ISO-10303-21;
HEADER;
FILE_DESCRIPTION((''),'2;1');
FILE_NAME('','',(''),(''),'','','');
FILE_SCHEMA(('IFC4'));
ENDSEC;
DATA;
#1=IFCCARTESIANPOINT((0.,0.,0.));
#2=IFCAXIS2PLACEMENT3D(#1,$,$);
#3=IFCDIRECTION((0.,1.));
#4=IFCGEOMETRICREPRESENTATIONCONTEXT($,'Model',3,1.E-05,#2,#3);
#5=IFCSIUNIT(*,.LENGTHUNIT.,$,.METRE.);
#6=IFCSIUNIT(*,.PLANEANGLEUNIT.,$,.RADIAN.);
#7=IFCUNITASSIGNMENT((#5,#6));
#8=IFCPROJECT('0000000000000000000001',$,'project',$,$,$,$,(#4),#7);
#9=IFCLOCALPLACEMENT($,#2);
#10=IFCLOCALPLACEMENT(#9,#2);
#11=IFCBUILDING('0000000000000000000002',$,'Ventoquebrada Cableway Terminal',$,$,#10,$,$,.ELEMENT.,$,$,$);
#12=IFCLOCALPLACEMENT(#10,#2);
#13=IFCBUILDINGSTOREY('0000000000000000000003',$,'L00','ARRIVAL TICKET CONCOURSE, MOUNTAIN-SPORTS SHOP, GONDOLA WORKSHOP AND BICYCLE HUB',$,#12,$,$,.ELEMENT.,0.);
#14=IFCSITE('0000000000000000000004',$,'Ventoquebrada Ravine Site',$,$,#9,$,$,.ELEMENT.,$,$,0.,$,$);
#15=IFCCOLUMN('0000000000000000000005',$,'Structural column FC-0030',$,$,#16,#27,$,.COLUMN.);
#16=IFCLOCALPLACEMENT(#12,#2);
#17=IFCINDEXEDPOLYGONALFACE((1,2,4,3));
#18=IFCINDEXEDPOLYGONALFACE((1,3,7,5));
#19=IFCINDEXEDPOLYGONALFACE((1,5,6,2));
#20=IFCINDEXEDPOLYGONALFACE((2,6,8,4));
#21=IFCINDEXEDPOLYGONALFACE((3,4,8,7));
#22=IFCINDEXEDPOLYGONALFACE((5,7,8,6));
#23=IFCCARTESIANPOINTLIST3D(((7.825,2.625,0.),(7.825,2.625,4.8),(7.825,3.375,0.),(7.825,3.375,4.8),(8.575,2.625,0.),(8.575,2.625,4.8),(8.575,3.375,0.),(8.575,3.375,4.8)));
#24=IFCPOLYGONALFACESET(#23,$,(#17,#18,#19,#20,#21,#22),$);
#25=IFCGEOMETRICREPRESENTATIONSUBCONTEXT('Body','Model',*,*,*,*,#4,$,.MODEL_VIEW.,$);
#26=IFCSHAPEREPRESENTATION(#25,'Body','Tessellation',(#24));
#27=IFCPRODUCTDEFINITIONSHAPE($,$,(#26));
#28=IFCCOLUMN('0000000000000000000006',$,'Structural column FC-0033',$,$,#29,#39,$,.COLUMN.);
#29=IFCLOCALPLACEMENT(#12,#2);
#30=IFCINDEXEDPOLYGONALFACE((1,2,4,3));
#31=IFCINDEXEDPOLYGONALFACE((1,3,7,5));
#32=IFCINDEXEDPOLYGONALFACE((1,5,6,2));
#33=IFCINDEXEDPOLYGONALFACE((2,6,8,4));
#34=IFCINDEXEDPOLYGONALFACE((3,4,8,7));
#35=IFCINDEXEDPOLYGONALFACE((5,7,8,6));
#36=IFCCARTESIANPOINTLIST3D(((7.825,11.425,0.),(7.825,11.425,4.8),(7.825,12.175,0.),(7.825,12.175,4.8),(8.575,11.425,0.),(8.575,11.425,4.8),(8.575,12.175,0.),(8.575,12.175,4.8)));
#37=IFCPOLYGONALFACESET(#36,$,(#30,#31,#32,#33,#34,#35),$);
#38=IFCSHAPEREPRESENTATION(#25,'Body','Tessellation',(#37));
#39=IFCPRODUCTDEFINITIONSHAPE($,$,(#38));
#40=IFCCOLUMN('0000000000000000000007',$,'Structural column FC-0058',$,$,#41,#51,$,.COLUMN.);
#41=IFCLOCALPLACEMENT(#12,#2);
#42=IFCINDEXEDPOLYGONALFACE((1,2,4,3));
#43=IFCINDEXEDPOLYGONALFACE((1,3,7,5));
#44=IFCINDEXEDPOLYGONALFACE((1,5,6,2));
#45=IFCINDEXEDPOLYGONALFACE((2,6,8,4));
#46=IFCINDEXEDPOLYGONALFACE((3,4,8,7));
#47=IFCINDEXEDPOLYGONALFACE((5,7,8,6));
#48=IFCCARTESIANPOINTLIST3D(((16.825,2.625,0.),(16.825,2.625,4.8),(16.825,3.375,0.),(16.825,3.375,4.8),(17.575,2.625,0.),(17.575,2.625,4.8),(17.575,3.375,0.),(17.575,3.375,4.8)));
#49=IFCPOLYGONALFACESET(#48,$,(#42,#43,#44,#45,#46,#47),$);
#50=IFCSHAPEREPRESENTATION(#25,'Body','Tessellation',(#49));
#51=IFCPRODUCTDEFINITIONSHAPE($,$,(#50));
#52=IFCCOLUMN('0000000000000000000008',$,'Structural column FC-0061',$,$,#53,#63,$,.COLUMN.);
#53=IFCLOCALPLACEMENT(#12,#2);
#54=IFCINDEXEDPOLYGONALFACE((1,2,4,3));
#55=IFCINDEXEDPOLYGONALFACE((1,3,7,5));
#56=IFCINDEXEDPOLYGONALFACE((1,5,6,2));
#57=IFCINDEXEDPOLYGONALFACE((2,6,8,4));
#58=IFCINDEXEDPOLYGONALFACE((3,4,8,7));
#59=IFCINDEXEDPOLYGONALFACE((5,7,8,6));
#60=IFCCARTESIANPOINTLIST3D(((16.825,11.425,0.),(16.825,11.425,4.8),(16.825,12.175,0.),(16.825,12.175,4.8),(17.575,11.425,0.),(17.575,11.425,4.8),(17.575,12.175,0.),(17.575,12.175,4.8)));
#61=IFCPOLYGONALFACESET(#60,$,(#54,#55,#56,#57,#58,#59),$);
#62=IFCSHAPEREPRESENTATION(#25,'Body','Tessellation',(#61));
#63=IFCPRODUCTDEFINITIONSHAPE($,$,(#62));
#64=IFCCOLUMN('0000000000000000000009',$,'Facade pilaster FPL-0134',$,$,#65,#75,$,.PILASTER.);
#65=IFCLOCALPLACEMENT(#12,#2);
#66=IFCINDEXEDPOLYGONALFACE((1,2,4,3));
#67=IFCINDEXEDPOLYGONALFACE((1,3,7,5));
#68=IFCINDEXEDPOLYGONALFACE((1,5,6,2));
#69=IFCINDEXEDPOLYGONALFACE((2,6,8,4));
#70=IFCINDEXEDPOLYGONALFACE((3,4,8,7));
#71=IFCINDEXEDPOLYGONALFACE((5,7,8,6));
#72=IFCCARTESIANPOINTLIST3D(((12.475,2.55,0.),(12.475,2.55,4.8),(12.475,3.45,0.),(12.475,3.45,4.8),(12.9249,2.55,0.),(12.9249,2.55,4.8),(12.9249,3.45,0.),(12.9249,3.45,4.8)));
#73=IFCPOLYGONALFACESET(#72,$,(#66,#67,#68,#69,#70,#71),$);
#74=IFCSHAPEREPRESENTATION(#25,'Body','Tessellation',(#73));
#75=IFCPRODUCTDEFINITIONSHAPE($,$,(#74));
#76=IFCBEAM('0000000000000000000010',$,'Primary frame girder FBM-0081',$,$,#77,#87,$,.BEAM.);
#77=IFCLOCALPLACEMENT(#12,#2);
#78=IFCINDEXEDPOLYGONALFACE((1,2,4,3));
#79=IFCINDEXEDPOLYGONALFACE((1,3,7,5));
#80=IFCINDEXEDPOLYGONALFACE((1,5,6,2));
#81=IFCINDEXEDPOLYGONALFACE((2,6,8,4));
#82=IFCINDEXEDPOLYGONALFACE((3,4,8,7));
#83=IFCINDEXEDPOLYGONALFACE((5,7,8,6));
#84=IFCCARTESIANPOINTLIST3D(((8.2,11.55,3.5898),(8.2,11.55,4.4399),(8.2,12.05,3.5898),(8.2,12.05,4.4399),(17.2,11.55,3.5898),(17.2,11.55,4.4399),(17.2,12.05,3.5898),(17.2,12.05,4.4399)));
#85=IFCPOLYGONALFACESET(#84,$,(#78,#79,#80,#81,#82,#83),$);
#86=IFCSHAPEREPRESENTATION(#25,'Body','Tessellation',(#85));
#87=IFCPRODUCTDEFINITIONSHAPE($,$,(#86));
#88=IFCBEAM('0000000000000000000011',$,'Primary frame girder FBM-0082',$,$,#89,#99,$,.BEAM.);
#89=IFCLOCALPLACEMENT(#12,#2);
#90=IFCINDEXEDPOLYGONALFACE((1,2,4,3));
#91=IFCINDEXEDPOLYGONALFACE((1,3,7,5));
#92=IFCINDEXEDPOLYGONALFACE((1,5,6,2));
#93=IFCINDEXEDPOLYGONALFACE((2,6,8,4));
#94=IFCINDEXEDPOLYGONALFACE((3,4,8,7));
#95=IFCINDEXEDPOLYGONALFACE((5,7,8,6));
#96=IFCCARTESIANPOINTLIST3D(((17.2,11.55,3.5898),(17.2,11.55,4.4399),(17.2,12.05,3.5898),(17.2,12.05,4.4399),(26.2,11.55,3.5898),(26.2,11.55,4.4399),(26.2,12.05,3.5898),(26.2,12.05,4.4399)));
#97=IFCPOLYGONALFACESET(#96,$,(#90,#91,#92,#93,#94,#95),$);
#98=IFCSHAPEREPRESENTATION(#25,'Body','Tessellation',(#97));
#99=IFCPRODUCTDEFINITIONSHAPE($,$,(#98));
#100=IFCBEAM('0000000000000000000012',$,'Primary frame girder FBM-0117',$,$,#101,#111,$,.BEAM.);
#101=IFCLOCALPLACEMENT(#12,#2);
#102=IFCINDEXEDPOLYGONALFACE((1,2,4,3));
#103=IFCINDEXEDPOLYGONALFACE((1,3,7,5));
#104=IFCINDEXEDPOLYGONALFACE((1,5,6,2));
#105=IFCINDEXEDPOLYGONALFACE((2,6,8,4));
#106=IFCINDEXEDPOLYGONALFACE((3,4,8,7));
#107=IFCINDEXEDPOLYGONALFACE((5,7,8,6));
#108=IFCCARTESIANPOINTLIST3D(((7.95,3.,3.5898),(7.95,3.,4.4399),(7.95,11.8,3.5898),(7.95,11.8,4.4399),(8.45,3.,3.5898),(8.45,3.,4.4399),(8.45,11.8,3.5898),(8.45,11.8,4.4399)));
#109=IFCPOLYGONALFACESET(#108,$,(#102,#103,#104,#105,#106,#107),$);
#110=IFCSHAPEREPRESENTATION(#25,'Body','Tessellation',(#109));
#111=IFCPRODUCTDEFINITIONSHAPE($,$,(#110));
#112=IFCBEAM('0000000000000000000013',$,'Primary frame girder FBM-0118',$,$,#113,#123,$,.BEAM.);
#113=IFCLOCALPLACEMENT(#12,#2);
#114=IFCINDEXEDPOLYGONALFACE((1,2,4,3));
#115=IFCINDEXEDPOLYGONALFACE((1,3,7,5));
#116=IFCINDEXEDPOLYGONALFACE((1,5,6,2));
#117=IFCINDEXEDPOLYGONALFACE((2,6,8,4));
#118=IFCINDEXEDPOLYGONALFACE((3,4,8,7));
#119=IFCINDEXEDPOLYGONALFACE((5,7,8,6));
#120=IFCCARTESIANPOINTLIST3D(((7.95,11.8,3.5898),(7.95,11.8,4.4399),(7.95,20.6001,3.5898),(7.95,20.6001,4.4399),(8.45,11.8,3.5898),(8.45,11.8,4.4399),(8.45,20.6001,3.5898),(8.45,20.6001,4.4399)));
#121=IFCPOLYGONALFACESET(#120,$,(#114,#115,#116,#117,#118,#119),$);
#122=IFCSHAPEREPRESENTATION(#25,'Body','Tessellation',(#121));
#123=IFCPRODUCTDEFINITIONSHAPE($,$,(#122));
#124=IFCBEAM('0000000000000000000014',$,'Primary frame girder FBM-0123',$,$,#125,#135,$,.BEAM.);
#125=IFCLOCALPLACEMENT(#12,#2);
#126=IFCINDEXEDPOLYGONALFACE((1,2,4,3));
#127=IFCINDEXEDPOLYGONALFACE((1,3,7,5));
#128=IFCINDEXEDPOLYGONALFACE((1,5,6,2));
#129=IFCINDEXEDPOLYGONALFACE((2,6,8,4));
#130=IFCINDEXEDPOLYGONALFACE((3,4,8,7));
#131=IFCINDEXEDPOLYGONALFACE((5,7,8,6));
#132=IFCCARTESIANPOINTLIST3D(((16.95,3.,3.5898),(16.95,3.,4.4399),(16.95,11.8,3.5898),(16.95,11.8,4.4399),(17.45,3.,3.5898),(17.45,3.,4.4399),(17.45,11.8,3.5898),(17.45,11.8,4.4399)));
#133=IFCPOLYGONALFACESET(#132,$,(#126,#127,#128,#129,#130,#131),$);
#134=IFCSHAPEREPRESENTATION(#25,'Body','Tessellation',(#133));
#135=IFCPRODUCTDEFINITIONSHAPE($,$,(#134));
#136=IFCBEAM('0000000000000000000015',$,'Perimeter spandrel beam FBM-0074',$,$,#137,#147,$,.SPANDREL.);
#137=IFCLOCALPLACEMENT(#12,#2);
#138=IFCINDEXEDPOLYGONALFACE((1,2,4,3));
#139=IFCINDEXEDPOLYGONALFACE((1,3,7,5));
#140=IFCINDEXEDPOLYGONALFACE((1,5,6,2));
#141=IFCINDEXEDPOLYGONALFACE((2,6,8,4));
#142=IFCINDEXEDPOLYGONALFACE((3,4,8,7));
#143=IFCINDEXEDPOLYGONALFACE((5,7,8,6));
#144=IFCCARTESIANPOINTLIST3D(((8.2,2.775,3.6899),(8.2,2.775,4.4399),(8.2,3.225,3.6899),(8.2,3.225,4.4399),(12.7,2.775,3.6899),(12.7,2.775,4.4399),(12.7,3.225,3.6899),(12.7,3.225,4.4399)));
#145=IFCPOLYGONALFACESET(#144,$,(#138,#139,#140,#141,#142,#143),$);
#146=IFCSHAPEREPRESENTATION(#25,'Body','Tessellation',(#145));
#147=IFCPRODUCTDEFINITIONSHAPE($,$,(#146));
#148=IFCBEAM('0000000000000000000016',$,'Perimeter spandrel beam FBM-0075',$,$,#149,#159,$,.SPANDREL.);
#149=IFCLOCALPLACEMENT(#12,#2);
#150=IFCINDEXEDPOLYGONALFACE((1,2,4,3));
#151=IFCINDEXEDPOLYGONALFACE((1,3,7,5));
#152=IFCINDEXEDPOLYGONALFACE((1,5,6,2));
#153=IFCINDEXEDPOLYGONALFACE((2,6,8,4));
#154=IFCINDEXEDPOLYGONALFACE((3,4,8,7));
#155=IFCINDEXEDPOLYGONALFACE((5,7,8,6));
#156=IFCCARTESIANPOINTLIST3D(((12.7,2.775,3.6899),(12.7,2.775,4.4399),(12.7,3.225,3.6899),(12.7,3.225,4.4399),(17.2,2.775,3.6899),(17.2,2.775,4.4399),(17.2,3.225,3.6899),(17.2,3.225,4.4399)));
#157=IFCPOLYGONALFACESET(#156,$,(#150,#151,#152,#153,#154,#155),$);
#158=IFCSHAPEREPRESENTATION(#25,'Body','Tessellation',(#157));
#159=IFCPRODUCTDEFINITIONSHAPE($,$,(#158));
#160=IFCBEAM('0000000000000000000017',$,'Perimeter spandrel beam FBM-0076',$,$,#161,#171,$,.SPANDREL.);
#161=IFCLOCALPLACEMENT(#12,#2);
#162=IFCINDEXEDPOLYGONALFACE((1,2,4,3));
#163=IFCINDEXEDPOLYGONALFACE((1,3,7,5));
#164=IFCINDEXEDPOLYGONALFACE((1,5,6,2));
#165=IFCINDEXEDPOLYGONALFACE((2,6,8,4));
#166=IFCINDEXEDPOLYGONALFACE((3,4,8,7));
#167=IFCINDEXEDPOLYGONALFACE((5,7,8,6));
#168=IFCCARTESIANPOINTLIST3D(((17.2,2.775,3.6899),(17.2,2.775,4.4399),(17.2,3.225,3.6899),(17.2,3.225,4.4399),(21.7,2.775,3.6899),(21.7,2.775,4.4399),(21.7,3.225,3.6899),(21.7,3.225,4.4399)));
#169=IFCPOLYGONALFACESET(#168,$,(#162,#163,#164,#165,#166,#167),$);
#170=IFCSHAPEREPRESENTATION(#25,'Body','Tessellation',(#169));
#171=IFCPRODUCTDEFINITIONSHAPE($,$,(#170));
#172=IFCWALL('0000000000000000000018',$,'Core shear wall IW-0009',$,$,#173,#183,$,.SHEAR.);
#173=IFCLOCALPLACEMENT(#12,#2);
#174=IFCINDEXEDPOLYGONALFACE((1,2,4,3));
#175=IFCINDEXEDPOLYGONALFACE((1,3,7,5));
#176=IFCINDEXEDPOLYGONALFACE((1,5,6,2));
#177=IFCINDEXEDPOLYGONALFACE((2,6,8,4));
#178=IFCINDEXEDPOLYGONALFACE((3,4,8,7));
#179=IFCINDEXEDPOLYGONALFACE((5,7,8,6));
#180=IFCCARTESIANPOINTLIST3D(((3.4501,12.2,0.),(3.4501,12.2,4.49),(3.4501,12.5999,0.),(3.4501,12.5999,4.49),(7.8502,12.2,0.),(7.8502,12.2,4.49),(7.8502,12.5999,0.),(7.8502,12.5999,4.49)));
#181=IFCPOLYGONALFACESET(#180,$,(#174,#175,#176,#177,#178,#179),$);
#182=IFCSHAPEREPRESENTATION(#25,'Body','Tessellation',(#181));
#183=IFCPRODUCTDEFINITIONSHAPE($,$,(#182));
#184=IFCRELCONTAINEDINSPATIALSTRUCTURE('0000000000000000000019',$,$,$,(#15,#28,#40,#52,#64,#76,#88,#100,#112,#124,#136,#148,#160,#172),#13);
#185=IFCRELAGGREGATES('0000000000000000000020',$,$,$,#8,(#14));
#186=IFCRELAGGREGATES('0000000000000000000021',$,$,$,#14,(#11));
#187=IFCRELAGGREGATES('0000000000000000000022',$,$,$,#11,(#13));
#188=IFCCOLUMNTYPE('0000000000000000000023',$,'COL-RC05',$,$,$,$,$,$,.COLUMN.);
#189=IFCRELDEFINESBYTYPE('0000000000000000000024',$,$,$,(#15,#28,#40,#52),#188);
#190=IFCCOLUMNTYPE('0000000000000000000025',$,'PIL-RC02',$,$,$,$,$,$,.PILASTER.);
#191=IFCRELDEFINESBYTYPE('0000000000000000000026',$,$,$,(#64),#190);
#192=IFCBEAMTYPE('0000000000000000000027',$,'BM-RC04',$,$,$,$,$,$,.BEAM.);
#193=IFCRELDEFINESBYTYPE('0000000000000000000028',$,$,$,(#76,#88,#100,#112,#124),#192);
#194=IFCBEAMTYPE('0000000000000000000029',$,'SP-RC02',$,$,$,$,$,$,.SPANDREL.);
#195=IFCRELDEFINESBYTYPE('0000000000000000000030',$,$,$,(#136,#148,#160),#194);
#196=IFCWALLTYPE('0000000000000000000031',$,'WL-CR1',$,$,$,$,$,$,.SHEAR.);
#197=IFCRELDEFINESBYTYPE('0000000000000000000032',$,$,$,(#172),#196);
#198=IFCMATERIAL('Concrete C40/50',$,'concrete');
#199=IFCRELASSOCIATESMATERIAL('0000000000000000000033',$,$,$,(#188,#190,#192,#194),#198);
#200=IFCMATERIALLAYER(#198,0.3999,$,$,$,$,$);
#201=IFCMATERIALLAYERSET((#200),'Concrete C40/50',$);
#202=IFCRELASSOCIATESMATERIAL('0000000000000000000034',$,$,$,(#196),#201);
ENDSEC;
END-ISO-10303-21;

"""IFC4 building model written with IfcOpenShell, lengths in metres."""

from ifc_helpers import new_model, si_unit, direction, frame, frame_2d, origin, origin_2d, place, context, subcontext, project, spatial, rectangle, extrude, material, layer, layer_set, material_profile, profile_set, type_object, element, save


model = new_model("IFC4")

# Units and contexts
model_context = context("Model", 3, precision=1e-05, world=origin(), true_north=direction((0.0, 1.0)))
body_context = subcontext(model_context, "Body", "Model", "MODEL_VIEW")
ifc_project = project(units=[si_unit("LENGTHUNIT", "METRE"), si_unit("PLANEANGLEUNIT", "RADIAN")], contexts=[model_context])

# Site, building, storey
site_placement = place(None, origin())
site = spatial("IfcSite", under=ifc_project, at=site_placement, Name="Ventoquebrada Ravine Site", CompositionType="ELEMENT", RefElevation=0.0)
building_placement = place(site_placement, origin())
building = spatial("IfcBuilding", under=site, at=building_placement, Name="Ventoquebrada Cableway Terminal", CompositionType="ELEMENT")
storey_placement = place(building_placement, origin())
storey = spatial("IfcBuildingStorey", under=building, at=storey_placement, Name="L00", Description="ARRIVAL TICKET CONCOURSE, MOUNTAIN-SPORTS SHOP, GONDOLA WORKSHOP AND BICYCLE HUB", CompositionType="ELEMENT", Elevation=0.0)

# Columns
ifc_material_1 = material(Name="Concrete C40/50", Category="concrete")
ifc_material_profile_1 = material_profile(ifc_material_1, rectangle(XDim=0.75, YDim=0.75, at=origin_2d()), Name="RC-COL-750X750")
ifc_profile_set_1 = profile_set([ifc_material_profile_1], Name="Concrete C40/50")
column_type_1 = type_object("IfcColumnType", Name="COL-RC05", PredefinedType="COLUMN", material=ifc_profile_set_1)
for number, where, z_axis, x_axis, name in (
    (1, (8.2, 3.0, 0.0), (0.0, 0.0, 1.0), (1.0, 0.0, 0.0), "Structural column FC-0030"),
    (2, (8.2, 11.8, 0.0), (0.0, 0.0, 1.0), (1.0, 0.0, 0.0), "Structural column FC-0033"),
    (3, (17.2, 3.0, 0.0), (0.0, 0.0, 1.0), (1.0, 0.0, 0.0), "Structural column FC-0058"),
    (4, (17.2, 11.8, 0.0), (0.0, 0.0, 1.0), (1.0, 0.0, 0.0), "Structural column FC-0061"),
):
    element("IfcColumn", number, at=place(storey_placement, frame(where, z_axis=z_axis, x_axis=x_axis)), inside=storey, type_object=column_type_1, Name=name, PredefinedType="COLUMN", context=body_context, shape_type="SweptSolid", body=[
        extrude(rectangle(XDim=0.75, YDim=0.75, at=origin_2d()), origin(), (0.0, 0.0, 1.0), 4.8),
    ])
ifc_material_profile_2 = material_profile(ifc_material_1, rectangle(XDim=0.45, YDim=0.8999, at=origin_2d()), Name="RC-PIL-450X900")
ifc_profile_set_2 = profile_set([ifc_material_profile_2], Name="Concrete C40/50")
column_type_2 = type_object("IfcColumnType", Name="PIL-RC02", PredefinedType="PILASTER", material=ifc_profile_set_2)
column_placement = place(storey_placement, frame((12.7, 3.0, 0.0), z_axis=(0.0, 0.0, 1.0), x_axis=(1.0, 0.0, 0.0)))
element("IfcColumn", 5, at=column_placement, inside=storey, type_object=column_type_2, Name="Facade pilaster FPL-0134", PredefinedType="PILASTER", context=body_context, shape_type="SweptSolid", body=[
    extrude(rectangle(XDim=0.45, YDim=0.8999, at=origin_2d()), origin(), (0.0, 0.0, 1.0), 4.8),
])

# Beams
ifc_material_profile_3 = material_profile(ifc_material_1, rectangle(XDim=0.5, YDim=0.8501, at=origin_2d()), Name="RC-BM-500X850")
ifc_profile_set_3 = profile_set([ifc_material_profile_3], Name="Concrete C40/50")
beam_type_1 = type_object("IfcBeamType", Name="BM-RC04", PredefinedType="BEAM", material=ifc_profile_set_3)
for number, where, z_axis, x_axis, name in (
    (6, (8.2, 11.8, 4.0149), (1.0, 0.0, 0.0), (0.0, 1.0, 0.0), "Primary frame girder FBM-0081"),
    (7, (17.2, 11.8, 4.0149), (1.0, 0.0, 0.0), (0.0, 1.0, 0.0), "Primary frame girder FBM-0082"),
):
    element("IfcBeam", number, at=place(storey_placement, frame(where, z_axis=z_axis, x_axis=x_axis)), inside=storey, type_object=beam_type_1, Name=name, PredefinedType="BEAM", context=body_context, shape_type="SweptSolid", body=[
        extrude(rectangle(XDim=0.5, YDim=0.8501, at=origin_2d()), origin(), (0.0, 0.0, 1.0), 9.0),
    ])
for number, where, z_axis, x_axis, name in (
    (8, (8.2, 3.0, 4.0149), (0.0, 1.0, 0.0), (-1.0, 0.0, 0.0), "Primary frame girder FBM-0117"),
    (9, (8.2, 11.8, 4.0149), (0.0, 1.0, 0.0), (-1.0, 0.0, 0.0), "Primary frame girder FBM-0118"),
    (10, (17.2, 3.0, 4.0149), (0.0, 1.0, 0.0), (-1.0, 0.0, 0.0), "Primary frame girder FBM-0123"),
):
    element("IfcBeam", number, at=place(storey_placement, frame(where, z_axis=z_axis, x_axis=x_axis)), inside=storey, type_object=beam_type_1, Name=name, PredefinedType="BEAM", context=body_context, shape_type="SweptSolid", body=[
        extrude(rectangle(XDim=0.5, YDim=0.8501, at=origin_2d()), origin(), (0.0, 0.0, 1.0), 8.8),
    ])
ifc_material_profile_4 = material_profile(ifc_material_1, rectangle(XDim=0.45, YDim=0.75, at=origin_2d()), Name="RC-BM-450X750")
ifc_profile_set_4 = profile_set([ifc_material_profile_4], Name="Concrete C40/50")
beam_type_2 = type_object("IfcBeamType", Name="SP-RC02", PredefinedType="SPANDREL", material=ifc_profile_set_4)
for number, where, z_axis, x_axis, name in (
    (11, (8.2, 3.0, 4.0649), (1.0, 0.0, 0.0), (0.0, 1.0, 0.0), "Perimeter spandrel beam FBM-0074"),
    (12, (12.7, 3.0, 4.0649), (1.0, 0.0, 0.0), (0.0, 1.0, 0.0), "Perimeter spandrel beam FBM-0075"),
    (13, (17.2, 3.0, 4.0649), (1.0, 0.0, 0.0), (0.0, 1.0, 0.0), "Perimeter spandrel beam FBM-0076"),
):
    element("IfcBeam", number, at=place(storey_placement, frame(where, z_axis=z_axis, x_axis=x_axis)), inside=storey, type_object=beam_type_2, Name=name, PredefinedType="SPANDREL", context=body_context, shape_type="SweptSolid", body=[
        extrude(rectangle(XDim=0.45, YDim=0.75, at=origin_2d()), origin(), (0.0, 0.0, 1.0), 4.5),
    ])

# Wall
ifc_layer_1 = layer(ifc_material_1, 0.3999)
ifc_layer_set_1 = layer_set([ifc_layer_1], Name="Concrete C40/50")
wall_type_1 = type_object("IfcWallType", Name="WL-CR1", PredefinedType="SHEAR", material=ifc_layer_set_1)
wall_1_placement = place(storey_placement, frame((3.45, 12.3999, 0.0), z_axis=(0.0, 0.0, 1.0), x_axis=(1.0, 0.0, 0.0)))
element("IfcWall", 14, at=wall_1_placement, inside=storey, type_object=wall_type_1, Name="Core shear wall IW-0009", PredefinedType="SHEAR", context=body_context, shape_type="SweptSolid", body=[
    extrude(rectangle(XDim=4.4001, YDim=0.3999, at=frame_2d((2.2002, 0.0))), origin(), (0.0, 0.0, 1.0), 4.49),
])

save(model, "model.ifc")
